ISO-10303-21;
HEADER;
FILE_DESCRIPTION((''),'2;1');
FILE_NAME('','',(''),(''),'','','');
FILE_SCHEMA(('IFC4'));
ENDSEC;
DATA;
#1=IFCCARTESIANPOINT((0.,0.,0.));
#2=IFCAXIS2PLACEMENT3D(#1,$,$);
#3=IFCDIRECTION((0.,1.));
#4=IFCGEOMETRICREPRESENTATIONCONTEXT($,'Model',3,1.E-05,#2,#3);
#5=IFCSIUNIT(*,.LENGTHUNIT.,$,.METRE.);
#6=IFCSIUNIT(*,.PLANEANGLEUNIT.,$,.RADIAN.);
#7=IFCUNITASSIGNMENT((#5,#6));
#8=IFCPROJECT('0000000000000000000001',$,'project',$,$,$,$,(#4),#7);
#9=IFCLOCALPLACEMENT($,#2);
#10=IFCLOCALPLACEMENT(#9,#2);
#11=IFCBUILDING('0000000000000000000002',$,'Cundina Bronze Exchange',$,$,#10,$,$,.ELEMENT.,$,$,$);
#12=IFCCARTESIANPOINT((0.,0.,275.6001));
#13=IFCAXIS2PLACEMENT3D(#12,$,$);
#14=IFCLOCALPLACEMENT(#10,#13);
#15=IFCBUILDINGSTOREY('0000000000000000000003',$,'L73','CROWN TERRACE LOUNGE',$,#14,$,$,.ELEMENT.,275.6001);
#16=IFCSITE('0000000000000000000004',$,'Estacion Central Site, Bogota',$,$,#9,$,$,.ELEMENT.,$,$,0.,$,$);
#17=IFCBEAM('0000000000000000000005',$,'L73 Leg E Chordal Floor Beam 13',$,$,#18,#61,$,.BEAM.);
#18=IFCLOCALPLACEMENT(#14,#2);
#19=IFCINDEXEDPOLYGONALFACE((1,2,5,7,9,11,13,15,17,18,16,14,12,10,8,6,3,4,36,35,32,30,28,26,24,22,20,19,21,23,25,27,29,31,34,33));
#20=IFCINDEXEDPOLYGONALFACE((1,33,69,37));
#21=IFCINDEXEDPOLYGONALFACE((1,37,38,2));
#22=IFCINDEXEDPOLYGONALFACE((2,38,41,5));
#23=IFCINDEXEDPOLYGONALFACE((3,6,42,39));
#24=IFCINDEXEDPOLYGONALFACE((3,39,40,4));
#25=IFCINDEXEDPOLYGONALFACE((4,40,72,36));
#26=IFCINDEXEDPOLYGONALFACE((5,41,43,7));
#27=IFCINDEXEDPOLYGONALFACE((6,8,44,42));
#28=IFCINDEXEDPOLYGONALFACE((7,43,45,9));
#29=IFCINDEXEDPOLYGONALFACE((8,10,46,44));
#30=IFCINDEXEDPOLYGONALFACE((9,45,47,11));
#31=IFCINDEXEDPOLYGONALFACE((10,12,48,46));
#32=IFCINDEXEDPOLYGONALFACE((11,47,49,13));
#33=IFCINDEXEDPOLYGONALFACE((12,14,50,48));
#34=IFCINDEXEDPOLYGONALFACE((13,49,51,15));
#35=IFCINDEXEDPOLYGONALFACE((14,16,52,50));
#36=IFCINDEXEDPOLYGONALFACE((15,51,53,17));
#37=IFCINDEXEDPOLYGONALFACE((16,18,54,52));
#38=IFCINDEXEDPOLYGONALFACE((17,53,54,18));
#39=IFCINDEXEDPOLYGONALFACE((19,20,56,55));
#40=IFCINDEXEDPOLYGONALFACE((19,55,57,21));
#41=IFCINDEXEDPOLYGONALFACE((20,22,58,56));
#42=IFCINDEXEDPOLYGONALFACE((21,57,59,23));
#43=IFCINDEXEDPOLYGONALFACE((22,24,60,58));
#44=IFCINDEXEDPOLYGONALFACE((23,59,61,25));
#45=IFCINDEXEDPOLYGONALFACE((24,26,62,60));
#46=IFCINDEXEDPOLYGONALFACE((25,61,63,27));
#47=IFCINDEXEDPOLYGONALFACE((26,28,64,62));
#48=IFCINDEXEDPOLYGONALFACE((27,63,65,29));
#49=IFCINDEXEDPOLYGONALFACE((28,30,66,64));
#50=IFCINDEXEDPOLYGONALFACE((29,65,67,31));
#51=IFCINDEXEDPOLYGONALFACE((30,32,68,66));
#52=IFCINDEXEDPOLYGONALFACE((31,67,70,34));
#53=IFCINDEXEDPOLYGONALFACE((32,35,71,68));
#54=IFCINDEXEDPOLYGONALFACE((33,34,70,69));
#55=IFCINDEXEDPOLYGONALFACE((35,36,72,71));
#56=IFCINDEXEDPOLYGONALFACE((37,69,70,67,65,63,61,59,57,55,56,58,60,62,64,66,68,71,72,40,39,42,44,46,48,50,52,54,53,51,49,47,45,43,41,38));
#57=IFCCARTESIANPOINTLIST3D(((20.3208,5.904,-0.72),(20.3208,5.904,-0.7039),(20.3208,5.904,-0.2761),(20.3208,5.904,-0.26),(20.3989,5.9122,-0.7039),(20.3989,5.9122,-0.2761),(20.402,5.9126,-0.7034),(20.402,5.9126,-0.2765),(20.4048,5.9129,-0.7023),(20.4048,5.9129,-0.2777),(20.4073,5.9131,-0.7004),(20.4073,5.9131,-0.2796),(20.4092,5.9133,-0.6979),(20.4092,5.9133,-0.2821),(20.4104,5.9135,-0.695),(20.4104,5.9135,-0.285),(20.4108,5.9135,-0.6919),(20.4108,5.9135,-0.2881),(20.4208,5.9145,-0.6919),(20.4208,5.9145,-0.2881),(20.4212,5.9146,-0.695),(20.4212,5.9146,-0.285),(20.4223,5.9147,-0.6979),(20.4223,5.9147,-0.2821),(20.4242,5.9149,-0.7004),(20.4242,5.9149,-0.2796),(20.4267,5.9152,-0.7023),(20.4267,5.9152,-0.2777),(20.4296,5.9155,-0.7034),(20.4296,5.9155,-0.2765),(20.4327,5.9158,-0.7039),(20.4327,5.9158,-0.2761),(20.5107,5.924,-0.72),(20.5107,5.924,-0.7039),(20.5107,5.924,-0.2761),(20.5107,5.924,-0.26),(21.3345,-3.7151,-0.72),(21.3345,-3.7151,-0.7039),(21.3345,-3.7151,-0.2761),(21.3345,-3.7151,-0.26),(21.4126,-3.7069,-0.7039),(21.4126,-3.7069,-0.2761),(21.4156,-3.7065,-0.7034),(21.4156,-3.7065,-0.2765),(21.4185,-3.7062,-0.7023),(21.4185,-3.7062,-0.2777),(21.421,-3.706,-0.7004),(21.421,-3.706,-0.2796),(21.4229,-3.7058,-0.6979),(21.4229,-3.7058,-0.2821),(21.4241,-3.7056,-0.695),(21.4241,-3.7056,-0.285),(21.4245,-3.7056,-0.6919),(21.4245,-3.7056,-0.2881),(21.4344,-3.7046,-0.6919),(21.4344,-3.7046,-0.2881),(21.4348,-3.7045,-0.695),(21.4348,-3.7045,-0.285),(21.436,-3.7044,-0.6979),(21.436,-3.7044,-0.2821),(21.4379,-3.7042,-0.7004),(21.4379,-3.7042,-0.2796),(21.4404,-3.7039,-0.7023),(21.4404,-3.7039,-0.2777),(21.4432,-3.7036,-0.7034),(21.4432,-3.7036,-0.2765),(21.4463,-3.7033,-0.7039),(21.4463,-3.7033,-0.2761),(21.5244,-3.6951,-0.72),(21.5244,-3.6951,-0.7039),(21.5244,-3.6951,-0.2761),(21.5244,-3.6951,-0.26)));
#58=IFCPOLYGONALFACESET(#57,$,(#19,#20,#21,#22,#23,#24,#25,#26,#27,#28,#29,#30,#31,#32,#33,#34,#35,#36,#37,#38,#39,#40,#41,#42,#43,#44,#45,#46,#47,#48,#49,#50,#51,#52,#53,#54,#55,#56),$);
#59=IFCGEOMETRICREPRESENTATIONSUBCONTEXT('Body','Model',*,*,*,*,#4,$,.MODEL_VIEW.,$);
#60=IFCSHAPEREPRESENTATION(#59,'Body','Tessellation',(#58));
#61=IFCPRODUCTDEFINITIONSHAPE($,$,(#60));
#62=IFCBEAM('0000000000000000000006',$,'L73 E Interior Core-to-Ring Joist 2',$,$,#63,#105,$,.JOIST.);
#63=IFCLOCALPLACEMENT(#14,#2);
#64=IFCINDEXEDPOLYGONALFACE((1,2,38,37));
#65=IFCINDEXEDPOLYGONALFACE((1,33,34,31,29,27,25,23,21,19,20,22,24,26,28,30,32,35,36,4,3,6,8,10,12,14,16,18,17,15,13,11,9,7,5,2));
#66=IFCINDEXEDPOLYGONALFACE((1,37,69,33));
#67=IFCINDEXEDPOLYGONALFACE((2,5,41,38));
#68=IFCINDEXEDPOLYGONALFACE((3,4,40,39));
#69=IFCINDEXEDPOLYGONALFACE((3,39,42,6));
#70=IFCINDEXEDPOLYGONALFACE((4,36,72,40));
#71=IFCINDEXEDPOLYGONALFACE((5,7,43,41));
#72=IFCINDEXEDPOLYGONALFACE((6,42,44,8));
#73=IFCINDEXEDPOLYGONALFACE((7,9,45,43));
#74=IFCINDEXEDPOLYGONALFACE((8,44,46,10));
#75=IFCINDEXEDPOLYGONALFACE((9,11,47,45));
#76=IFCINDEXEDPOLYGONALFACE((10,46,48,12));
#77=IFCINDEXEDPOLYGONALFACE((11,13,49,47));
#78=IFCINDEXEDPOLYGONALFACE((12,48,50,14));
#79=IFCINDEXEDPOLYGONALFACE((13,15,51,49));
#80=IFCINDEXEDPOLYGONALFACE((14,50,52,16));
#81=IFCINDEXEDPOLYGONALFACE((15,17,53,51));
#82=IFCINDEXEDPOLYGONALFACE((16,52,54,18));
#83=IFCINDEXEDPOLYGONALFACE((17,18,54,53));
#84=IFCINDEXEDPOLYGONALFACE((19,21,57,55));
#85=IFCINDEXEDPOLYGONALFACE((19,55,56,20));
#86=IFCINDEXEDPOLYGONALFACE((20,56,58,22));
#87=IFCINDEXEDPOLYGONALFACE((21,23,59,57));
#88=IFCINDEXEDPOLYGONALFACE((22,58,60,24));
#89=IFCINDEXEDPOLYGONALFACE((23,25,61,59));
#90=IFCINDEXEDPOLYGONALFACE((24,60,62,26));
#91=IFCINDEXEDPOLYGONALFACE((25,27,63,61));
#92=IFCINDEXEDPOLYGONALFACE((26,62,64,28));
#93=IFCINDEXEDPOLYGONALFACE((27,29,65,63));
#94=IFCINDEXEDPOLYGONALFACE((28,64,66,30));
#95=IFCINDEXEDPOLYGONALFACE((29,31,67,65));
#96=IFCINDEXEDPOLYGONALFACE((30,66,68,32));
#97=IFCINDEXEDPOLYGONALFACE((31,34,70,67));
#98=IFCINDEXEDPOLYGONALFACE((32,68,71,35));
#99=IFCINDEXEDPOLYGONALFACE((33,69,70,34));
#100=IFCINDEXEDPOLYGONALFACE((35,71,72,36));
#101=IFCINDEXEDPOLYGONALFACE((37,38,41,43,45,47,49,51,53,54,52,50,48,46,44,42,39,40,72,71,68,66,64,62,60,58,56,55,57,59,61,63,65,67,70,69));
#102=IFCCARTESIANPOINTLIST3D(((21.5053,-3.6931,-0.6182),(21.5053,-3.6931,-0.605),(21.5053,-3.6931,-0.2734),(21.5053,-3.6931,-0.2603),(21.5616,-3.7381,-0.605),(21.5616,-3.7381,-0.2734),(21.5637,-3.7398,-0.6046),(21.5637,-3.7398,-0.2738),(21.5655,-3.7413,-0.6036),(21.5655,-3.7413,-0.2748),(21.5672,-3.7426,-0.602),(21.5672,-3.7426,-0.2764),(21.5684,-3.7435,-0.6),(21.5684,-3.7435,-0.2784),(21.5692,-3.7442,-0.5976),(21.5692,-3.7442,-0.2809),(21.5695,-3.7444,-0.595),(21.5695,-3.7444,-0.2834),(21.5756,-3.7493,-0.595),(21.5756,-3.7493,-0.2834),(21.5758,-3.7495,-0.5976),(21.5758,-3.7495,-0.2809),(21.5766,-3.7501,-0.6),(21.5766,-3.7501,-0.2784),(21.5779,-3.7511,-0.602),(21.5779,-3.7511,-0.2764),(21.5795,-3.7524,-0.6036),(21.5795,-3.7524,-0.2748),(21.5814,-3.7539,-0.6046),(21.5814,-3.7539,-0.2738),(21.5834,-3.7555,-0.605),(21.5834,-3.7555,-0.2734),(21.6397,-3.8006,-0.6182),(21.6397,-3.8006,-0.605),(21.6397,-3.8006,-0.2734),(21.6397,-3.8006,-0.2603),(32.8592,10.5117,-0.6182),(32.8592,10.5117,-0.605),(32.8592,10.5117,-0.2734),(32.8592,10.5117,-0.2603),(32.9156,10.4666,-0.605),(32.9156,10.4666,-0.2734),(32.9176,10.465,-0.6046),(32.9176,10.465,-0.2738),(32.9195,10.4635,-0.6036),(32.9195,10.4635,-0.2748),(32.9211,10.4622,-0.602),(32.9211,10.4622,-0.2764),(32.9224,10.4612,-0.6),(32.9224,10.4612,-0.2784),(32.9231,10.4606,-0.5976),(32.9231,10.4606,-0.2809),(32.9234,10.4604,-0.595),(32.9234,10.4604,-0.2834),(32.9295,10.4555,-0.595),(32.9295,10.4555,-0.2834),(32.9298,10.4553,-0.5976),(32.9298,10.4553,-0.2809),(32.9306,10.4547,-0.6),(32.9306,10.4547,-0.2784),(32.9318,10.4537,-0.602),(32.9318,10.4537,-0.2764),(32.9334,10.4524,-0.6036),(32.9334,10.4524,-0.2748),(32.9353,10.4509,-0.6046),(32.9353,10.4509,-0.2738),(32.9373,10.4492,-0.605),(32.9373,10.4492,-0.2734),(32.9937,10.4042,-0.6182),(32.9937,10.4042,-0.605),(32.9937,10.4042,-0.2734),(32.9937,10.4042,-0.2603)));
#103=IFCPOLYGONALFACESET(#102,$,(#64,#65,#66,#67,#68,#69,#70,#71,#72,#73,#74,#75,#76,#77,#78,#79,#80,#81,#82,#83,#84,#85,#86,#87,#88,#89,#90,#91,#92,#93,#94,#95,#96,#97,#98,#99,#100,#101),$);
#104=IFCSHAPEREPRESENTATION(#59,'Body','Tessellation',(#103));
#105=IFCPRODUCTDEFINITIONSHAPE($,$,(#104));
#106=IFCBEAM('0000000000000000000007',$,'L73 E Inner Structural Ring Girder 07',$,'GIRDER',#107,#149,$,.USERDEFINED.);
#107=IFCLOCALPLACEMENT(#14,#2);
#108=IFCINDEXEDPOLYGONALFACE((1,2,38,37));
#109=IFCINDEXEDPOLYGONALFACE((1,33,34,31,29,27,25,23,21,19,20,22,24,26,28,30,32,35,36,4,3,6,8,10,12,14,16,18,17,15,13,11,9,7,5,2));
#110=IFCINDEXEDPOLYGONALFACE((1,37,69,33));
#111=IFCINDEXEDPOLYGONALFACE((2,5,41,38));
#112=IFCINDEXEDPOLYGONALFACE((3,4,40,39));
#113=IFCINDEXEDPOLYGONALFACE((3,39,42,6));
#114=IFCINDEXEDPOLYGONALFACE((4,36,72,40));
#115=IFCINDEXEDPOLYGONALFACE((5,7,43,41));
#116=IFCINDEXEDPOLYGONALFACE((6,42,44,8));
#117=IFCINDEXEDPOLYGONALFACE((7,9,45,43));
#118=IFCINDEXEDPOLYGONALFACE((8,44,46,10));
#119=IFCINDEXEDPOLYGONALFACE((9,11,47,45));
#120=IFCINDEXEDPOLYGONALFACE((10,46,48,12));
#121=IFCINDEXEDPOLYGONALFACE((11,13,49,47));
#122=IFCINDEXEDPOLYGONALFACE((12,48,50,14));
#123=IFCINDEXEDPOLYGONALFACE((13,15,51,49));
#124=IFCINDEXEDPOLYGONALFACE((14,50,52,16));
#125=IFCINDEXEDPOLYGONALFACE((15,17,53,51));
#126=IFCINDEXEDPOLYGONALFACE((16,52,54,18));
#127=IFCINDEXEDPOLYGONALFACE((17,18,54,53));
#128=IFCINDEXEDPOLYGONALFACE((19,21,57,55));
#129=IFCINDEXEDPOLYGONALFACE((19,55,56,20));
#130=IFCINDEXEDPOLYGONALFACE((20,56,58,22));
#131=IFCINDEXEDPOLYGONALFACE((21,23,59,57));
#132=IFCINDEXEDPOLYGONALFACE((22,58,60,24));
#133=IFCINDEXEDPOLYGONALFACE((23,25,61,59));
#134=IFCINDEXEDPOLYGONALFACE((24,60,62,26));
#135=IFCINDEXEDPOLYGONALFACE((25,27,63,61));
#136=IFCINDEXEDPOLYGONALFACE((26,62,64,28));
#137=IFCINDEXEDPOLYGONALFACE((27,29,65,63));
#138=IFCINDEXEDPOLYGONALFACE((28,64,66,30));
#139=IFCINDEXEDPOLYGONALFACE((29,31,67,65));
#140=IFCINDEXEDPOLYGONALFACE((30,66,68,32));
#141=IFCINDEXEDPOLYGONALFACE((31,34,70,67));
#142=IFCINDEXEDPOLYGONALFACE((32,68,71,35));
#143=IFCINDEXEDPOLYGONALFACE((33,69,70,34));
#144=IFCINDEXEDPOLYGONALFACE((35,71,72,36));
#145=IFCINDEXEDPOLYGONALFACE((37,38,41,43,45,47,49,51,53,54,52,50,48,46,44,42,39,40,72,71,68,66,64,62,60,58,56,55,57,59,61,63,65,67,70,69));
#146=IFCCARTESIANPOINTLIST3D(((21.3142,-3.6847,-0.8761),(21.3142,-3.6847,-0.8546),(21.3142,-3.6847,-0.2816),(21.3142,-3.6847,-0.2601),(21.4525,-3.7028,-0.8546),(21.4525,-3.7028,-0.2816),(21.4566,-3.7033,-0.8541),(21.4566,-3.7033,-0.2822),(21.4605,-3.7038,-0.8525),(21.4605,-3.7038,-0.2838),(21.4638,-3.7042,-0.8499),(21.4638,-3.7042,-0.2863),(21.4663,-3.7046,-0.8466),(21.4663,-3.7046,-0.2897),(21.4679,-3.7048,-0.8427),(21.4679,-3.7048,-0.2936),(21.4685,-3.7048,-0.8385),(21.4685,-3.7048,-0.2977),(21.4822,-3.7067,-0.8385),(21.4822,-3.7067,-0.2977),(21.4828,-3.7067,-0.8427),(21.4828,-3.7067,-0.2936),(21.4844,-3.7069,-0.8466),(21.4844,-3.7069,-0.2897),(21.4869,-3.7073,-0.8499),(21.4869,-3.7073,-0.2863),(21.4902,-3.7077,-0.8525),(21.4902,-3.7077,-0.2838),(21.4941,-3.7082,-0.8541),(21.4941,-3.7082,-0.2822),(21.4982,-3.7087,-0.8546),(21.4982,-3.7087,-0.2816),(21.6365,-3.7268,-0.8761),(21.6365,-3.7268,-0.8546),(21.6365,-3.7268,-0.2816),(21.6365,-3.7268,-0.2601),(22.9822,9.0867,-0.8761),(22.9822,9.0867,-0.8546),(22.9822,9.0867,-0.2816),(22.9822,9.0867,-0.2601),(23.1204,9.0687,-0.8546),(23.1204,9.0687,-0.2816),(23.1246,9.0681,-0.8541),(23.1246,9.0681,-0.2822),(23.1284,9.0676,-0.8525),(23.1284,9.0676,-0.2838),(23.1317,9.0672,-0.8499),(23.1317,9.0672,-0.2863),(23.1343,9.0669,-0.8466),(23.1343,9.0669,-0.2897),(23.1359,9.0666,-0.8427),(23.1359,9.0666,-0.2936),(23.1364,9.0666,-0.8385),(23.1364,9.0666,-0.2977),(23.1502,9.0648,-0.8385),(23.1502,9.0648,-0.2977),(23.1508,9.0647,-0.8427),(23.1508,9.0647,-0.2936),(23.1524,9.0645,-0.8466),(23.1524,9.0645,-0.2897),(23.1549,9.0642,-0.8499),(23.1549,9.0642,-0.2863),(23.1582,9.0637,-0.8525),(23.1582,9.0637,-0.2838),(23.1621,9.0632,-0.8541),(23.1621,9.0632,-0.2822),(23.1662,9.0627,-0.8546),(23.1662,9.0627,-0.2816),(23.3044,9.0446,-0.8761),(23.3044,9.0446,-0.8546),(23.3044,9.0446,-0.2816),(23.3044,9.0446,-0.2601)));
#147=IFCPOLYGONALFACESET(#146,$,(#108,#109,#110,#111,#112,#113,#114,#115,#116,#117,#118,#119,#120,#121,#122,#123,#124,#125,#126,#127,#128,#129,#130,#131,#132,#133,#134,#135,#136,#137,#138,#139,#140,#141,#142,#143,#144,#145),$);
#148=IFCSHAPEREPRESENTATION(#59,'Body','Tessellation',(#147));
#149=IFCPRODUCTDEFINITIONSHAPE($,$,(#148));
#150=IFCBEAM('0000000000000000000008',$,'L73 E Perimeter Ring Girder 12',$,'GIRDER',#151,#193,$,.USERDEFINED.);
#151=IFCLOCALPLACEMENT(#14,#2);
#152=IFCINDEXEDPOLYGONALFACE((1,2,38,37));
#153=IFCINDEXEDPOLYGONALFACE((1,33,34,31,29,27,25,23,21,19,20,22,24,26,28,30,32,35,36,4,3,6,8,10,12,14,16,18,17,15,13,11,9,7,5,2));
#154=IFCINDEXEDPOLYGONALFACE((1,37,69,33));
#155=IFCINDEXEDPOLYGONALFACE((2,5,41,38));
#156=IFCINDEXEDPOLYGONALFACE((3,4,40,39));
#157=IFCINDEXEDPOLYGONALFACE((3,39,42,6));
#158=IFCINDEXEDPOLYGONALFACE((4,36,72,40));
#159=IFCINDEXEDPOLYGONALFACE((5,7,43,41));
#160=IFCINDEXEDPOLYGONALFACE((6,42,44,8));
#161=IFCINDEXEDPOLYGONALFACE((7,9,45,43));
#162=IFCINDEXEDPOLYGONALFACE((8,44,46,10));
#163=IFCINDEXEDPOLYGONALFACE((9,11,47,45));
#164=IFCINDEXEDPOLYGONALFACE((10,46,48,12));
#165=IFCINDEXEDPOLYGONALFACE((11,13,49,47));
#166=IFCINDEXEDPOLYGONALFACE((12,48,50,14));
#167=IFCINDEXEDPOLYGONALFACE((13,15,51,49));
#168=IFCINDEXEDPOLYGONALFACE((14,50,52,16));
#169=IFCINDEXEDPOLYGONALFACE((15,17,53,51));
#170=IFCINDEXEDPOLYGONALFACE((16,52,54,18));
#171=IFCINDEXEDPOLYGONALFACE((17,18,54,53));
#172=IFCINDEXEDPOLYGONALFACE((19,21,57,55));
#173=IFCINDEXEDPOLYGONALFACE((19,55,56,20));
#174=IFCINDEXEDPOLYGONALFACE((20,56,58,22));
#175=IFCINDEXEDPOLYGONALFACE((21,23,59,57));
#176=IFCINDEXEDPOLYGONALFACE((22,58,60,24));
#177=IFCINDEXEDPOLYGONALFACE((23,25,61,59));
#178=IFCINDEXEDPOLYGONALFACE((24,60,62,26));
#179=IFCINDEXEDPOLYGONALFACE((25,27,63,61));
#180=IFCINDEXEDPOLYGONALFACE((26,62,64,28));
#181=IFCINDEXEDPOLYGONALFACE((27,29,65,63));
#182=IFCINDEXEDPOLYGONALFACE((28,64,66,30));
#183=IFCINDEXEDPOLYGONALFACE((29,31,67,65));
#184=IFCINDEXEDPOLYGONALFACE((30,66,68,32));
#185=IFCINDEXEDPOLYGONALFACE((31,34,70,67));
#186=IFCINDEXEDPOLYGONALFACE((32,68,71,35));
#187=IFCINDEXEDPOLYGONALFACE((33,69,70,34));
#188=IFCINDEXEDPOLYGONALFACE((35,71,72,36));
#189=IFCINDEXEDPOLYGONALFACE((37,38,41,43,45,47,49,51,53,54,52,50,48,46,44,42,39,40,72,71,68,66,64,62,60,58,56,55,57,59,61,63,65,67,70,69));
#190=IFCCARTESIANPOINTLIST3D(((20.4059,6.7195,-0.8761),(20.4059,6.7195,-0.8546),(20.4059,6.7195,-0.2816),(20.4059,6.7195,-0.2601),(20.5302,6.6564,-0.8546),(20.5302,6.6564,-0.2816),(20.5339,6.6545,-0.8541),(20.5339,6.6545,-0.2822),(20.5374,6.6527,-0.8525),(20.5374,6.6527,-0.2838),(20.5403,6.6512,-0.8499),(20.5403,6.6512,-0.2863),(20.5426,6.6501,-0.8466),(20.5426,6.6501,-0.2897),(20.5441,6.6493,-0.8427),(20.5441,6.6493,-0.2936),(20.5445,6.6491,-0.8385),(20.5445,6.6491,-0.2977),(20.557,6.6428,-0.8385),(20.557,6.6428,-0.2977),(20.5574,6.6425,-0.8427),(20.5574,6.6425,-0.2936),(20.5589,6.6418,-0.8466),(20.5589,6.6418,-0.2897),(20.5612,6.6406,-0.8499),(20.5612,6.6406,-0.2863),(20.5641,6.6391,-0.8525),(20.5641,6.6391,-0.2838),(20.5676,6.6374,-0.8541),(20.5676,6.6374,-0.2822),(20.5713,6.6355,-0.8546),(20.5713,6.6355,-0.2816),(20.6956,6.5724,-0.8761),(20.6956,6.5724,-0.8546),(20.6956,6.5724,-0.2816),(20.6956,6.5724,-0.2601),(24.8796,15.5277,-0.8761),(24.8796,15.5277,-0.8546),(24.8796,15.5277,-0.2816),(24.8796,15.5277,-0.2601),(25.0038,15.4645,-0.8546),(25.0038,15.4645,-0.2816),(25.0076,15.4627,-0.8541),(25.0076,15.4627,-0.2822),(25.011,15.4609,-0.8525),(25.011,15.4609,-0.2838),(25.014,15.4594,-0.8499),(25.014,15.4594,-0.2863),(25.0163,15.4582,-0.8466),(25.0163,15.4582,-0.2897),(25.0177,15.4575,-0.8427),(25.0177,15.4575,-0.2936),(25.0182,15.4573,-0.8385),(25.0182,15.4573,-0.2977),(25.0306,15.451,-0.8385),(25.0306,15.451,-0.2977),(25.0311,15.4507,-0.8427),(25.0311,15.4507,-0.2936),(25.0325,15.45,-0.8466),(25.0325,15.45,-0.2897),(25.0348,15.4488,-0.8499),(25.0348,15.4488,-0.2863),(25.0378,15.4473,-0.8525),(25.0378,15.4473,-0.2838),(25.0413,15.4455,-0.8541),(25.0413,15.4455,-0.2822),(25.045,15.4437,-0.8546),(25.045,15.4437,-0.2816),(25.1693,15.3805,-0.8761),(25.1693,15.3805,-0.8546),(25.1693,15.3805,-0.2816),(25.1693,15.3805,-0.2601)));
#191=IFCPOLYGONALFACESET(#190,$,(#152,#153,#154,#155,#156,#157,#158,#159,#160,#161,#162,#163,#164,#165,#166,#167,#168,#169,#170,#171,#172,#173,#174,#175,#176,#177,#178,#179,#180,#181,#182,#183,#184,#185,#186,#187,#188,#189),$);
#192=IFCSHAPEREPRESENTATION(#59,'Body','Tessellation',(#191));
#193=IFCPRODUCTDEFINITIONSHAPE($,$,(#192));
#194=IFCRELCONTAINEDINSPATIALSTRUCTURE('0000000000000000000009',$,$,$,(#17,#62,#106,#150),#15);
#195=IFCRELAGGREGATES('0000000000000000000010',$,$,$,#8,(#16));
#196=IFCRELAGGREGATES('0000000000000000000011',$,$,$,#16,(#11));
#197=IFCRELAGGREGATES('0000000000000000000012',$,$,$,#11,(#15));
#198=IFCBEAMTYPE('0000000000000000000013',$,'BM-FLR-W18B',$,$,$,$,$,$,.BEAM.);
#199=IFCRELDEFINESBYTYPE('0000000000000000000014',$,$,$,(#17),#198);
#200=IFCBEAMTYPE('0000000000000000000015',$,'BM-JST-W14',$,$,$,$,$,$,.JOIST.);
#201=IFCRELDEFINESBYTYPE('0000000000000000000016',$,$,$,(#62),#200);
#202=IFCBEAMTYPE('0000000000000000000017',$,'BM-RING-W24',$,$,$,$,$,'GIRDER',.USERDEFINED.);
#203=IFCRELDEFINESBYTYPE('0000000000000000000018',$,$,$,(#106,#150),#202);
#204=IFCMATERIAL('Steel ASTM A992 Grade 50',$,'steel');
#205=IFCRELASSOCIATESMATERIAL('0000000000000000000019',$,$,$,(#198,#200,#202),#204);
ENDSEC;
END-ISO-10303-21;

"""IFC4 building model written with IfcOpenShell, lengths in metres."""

from ifc_helpers import new_model, si_unit, direction, frame, origin, origin_2d, place, context, subcontext, project, spatial, i_section, extrude, material, material_profile, profile_set, type_object, element, save


model = new_model("IFC4")

# Units and contexts
model_context = context("Model", 3, precision=1e-05, world=origin(), true_north=direction((0.0, 1.0)))
body_context = subcontext(model_context, "Body", "Model", "MODEL_VIEW")
ifc_project = project(units=[si_unit("LENGTHUNIT", "METRE"), si_unit("PLANEANGLEUNIT", "RADIAN")], contexts=[model_context])

# Site, building, storey
site_placement = place(None, origin())
site = spatial("IfcSite", under=ifc_project, at=site_placement, Name="Estacion Central Site, Bogota", CompositionType="ELEMENT", RefElevation=0.0)
building_placement = place(site_placement, origin())
building = spatial("IfcBuilding", under=site, at=building_placement, Name="Cundina Bronze Exchange", CompositionType="ELEMENT")
storey_placement = place(building_placement, frame((0.0, 0.0, 275.6001)))
storey = spatial("IfcBuildingStorey", under=building, at=storey_placement, Name="L73", Description="CROWN TERRACE LOUNGE", CompositionType="ELEMENT", Elevation=275.6001)

# Shared definitions
ifc_material_1 = material(Name="Steel ASTM A992 Grade 50", Category="steel")

# Beams
ifc_material_profile_1 = material_profile(ifc_material_1, i_section(OverallWidth=0.1909, OverallDepth=0.46, WebThickness=0.01, FlangeThickness=0.0161, FilletRadius=0.012, at=origin_2d()), Name="W18X55", Category="steel")
ifc_profile_set_1 = profile_set([ifc_material_profile_1], Name="Steel ASTM A992 Grade 50")
beam_type_1 = type_object("IfcBeamType", Name="BM-FLR-W18B", PredefinedType="BEAM", material=ifc_profile_set_1)
beam_1_placement = place(storey_placement, frame((21.4294, -3.7051, -0.49), z_axis=(-0.1048, 0.994493, 0.0), x_axis=(-0.994493, -0.1048, 0.0)))
element("IfcBeam", 1, at=beam_1_placement, inside=storey, type_object=beam_type_1, Name="L73 Leg E Chordal Floor Beam 13", PredefinedType="BEAM", context=body_context, shape_type="SweptSolid", body=[
    extrude(i_section(OverallWidth=0.1909, OverallDepth=0.46, WebThickness=0.01, FlangeThickness=0.0161, FilletRadius=0.012, at=origin_2d()), origin(), (0.0, 0.0, 1.0), 9.6724),
])
ifc_material_profile_2 = material_profile(ifc_material_1, i_section(OverallWidth=0.1721, OverallDepth=0.3579, WebThickness=0.0078, FlangeThickness=0.0132, FilletRadius=0.01, at=origin_2d()), Name="W14X38", Category="steel")
ifc_profile_set_2 = profile_set([ifc_material_profile_2], Name="Steel ASTM A992 Grade 50")
beam_type_2 = type_object("IfcBeamType", Name="BM-JST-W14", PredefinedType="JOIST", material=ifc_profile_set_2)
beam_2_placement = place(storey_placement, frame((21.5725, -3.7468, -0.4392), z_axis=(0.624364, 0.781133, 0.0), x_axis=(-0.781133, 0.624364, 0.0)))
element("IfcBeam", 2, at=beam_2_placement, inside=storey, type_object=beam_type_2, Name="L73 E Interior Core-to-Ring Joist 2", PredefinedType="JOIST", context=body_context, shape_type="SweptSolid", body=[
    extrude(i_section(OverallWidth=0.1721, OverallDepth=0.3579, WebThickness=0.0078, FlangeThickness=0.0132, FilletRadius=0.01, at=origin_2d()), origin(), (0.0, 0.0, 1.0), 18.1848),
])
ifc_material_profile_3 = material_profile(ifc_material_1, i_section(OverallWidth=0.325, OverallDepth=0.616, WebThickness=0.0139, FlangeThickness=0.0215, FilletRadius=0.0161, at=origin_2d()), Name="W24X117", Category="steel")
ifc_profile_set_3 = profile_set([ifc_material_profile_3], Name="Steel ASTM A992 Grade 50")
beam_type_3 = type_object("IfcBeamType", Name="BM-RING-W24", ElementType="GIRDER", PredefinedType="USERDEFINED", material=ifc_profile_set_3)
beam_3_placement = place(storey_placement, frame((23.1433, 9.0657, -0.5681), z_axis=(-0.129501, -0.991579, 0.0), x_axis=(0.991579, -0.129501, 0.0)))
element("IfcBeam", 3, at=beam_3_placement, inside=storey, type_object=beam_type_3, Name="L73 E Inner Structural Ring Girder 07", ObjectType="GIRDER", PredefinedType="USERDEFINED", context=body_context, shape_type="SweptSolid", body=[
    extrude(i_section(OverallWidth=0.325, OverallDepth=0.616, WebThickness=0.0139, FlangeThickness=0.0215, FilletRadius=0.0161, at=origin_2d()), origin(), (0.0, 0.0, 1.0), 12.8799),
])
for number, where, z_axis, x_axis, name in (
    (4, (25.0244, 15.4541, -0.5681), (-0.452839, -0.891592, 0.0), (0.891592, -0.452839, 0.0), "L73 E Perimeter Ring Girder 12"),
):
    element("IfcBeam", number, at=place(storey_placement, frame(where, z_axis=z_axis, x_axis=x_axis)), inside=storey, type_object=beam_type_3, Name=name, ObjectType="GIRDER", PredefinedType="USERDEFINED", context=body_context, shape_type="SweptSolid", body=[
        extrude(i_section(OverallWidth=0.325, OverallDepth=0.616, WebThickness=0.0139, FlangeThickness=0.0215, FilletRadius=0.0161, at=origin_2d()), origin(), (0.0, 0.0, 1.0), 9.8792),
    ])

save(model, "model.ifc")
